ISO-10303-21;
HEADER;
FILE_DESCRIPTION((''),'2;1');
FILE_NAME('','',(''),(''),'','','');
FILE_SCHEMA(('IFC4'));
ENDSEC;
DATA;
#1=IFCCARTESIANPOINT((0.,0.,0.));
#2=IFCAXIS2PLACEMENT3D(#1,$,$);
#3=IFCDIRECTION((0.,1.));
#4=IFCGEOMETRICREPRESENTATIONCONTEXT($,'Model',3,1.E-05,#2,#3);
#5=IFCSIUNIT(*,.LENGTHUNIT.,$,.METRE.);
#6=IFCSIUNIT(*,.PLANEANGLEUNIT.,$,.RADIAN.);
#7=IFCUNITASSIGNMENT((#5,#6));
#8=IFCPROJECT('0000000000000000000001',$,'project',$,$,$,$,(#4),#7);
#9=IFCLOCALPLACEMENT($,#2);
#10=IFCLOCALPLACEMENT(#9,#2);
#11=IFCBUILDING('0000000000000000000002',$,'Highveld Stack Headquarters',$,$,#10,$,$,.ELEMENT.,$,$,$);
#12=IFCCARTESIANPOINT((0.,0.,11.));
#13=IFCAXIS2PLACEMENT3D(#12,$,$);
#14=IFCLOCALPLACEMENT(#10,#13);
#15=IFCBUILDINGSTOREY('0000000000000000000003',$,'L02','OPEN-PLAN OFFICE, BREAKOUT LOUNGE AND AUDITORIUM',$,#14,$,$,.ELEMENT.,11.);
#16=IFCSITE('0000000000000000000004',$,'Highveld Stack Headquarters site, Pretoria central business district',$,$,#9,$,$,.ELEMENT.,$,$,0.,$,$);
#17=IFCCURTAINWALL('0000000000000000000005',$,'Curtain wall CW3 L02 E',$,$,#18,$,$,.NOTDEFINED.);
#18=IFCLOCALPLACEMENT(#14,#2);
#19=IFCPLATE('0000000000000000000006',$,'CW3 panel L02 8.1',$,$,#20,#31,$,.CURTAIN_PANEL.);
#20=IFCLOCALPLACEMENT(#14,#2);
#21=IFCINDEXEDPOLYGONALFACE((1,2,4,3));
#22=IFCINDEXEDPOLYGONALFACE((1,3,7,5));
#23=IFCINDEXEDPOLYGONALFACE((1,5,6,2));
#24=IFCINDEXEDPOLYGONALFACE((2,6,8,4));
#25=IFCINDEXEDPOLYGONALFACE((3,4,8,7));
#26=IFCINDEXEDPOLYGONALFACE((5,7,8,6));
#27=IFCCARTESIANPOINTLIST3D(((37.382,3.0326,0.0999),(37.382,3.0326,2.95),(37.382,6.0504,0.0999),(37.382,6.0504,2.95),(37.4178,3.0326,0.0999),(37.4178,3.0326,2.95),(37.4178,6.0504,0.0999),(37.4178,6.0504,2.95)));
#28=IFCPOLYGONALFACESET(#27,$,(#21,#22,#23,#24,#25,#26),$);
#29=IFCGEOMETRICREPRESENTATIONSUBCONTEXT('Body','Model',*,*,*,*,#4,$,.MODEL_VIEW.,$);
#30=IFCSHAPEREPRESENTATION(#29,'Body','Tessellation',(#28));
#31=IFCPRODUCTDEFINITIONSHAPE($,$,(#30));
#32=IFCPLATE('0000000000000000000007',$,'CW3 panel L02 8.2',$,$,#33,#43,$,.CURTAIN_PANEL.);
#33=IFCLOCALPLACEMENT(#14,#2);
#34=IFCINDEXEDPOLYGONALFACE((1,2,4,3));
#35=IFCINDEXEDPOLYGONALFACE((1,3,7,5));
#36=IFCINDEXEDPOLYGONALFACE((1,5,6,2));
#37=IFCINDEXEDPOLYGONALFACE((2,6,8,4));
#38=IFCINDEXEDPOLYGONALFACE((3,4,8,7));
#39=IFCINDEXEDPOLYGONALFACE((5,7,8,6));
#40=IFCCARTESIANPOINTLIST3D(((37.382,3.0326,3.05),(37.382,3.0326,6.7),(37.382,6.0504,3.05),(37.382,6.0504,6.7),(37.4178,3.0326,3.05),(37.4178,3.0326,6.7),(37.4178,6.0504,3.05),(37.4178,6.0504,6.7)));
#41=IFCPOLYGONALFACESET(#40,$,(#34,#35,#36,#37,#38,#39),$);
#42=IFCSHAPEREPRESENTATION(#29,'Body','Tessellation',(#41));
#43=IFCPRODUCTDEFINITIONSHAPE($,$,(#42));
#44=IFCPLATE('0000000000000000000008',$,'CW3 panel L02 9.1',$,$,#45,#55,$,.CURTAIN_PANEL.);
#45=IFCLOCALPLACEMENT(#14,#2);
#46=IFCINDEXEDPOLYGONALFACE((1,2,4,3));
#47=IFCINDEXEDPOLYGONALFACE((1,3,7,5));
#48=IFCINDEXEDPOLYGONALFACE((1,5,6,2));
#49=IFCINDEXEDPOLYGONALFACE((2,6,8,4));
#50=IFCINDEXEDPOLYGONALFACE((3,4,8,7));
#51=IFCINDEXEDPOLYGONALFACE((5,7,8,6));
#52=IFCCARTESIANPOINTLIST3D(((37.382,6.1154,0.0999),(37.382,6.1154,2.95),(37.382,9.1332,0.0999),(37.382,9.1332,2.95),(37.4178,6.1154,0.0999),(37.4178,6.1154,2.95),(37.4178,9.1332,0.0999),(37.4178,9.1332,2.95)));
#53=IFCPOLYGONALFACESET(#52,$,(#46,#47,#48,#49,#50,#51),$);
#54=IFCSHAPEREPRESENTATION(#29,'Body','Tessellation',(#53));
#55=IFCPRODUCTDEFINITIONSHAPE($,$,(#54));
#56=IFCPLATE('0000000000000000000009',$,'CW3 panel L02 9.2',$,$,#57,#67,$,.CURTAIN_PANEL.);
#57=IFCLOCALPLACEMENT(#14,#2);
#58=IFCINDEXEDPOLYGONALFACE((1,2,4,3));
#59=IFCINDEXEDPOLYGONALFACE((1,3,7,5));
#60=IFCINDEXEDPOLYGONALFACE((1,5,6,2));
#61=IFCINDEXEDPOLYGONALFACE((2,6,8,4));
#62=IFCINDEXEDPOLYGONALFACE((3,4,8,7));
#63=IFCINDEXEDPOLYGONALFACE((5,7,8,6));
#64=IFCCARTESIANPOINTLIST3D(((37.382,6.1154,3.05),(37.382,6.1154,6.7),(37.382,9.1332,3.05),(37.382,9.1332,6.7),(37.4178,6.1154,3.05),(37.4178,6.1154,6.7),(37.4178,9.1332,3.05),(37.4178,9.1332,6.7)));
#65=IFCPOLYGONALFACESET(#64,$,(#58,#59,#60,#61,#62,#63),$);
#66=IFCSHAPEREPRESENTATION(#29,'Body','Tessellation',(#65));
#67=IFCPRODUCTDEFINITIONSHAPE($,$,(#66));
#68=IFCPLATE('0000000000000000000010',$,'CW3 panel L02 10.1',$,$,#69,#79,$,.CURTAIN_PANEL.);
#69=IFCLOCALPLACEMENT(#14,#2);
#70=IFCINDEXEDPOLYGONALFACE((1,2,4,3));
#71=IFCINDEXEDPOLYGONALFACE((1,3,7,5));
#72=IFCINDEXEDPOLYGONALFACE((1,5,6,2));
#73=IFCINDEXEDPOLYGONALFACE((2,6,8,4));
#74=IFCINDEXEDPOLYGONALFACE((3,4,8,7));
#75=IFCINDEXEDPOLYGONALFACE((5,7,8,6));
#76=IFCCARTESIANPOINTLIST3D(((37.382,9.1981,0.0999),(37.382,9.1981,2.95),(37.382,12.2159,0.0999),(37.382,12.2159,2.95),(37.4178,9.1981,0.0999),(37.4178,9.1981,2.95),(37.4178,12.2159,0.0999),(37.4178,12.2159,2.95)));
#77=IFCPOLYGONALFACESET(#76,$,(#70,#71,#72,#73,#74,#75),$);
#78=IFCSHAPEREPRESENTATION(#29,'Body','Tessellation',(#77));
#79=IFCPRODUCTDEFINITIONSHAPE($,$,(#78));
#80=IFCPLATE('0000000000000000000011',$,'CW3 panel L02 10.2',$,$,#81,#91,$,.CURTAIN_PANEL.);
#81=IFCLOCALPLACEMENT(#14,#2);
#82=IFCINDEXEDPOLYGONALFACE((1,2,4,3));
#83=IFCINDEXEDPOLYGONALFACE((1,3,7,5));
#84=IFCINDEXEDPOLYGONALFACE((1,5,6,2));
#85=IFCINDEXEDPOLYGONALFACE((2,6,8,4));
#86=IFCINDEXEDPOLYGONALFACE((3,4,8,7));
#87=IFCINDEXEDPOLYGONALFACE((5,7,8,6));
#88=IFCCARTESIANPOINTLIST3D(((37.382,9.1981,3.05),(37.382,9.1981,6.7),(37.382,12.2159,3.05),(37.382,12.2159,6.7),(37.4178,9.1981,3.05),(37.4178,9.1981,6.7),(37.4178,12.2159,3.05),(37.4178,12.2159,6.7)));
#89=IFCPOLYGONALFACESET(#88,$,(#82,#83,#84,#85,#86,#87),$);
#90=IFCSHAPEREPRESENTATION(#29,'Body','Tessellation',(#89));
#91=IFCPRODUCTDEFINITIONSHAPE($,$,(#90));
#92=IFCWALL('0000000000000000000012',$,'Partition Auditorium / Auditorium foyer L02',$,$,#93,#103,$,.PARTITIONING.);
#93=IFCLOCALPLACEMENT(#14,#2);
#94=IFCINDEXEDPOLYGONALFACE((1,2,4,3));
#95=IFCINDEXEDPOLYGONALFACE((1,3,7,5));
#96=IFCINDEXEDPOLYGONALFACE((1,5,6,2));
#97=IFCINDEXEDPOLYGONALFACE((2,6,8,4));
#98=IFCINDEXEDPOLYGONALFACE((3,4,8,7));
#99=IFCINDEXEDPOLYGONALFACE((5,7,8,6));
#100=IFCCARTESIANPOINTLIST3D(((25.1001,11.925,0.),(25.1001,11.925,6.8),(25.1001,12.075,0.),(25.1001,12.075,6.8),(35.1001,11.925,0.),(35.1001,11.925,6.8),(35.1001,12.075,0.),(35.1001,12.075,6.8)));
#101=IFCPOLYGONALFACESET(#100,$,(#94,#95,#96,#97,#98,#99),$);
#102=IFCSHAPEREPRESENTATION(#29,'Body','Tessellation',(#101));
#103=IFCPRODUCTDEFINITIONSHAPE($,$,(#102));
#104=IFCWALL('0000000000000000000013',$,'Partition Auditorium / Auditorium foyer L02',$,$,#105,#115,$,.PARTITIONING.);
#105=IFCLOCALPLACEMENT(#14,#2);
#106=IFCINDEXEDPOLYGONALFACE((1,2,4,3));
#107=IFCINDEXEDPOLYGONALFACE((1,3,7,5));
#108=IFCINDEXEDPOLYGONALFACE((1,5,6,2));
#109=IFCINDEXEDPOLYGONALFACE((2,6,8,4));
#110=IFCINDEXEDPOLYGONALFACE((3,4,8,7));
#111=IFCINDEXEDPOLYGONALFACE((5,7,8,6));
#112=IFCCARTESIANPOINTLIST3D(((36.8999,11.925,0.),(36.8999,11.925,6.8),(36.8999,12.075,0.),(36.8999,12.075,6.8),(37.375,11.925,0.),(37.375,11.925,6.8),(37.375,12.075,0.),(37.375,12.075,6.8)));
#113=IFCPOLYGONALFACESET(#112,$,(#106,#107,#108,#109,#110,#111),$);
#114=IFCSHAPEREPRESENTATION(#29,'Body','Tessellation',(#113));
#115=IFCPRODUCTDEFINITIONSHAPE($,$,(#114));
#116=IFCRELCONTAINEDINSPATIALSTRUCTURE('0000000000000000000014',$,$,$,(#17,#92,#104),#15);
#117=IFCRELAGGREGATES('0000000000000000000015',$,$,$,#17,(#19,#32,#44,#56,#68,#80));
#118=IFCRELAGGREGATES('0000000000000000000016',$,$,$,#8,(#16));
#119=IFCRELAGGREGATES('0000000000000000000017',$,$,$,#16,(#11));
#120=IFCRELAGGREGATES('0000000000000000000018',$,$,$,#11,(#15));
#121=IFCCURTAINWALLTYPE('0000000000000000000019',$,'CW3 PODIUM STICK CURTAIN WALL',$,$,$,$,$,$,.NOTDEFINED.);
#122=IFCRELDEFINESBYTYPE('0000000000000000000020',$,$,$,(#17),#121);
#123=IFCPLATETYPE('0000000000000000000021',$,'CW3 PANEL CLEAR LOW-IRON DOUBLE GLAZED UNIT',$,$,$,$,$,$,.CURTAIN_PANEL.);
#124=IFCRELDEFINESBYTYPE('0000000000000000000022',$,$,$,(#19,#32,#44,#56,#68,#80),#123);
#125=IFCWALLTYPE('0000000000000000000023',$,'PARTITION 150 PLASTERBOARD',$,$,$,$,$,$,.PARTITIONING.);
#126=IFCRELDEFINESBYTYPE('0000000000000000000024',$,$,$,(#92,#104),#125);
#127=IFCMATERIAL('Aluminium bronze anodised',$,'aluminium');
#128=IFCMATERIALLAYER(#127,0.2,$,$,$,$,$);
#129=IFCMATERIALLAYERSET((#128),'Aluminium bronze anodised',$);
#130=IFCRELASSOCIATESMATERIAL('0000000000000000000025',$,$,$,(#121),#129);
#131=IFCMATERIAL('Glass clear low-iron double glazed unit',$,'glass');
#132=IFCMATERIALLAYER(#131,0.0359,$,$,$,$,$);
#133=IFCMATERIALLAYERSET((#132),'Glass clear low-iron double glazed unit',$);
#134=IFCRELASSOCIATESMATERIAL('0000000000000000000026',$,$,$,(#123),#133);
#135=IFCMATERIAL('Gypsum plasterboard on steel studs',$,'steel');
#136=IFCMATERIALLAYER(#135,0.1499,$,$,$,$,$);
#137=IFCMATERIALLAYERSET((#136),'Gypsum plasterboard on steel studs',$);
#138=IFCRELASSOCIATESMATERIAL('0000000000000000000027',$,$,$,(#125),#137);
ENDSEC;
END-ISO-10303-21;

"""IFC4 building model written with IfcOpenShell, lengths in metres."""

from ifc_helpers import new_model, si_unit, direction, frame, frame_2d, origin, origin_2d, place, context, subcontext, project, spatial, rectangle, extrude, material, layer, layer_set, type_object, element, aggregate, save


model = new_model("IFC4")

# Units and contexts
model_context = context("Model", 3, precision=1e-05, world=origin(), true_north=direction((0.0, 1.0)))
body_context = subcontext(model_context, "Body", "Model", "MODEL_VIEW")
ifc_project = project(units=[si_unit("LENGTHUNIT", "METRE"), si_unit("PLANEANGLEUNIT", "RADIAN")], contexts=[model_context])

# Site, building, storey
site_placement = place(None, origin())
site = spatial("IfcSite", under=ifc_project, at=site_placement, Name="Highveld Stack Headquarters site, Pretoria central business district", CompositionType="ELEMENT", RefElevation=0.0)
building_placement = place(site_placement, origin())
building = spatial("IfcBuilding", under=site, at=building_placement, Name="Highveld Stack Headquarters", CompositionType="ELEMENT")
storey_placement = place(building_placement, frame((0.0, 0.0, 11.0)))
storey = spatial("IfcBuildingStorey", under=building, at=storey_placement, Name="L02", Description="OPEN-PLAN OFFICE, BREAKOUT LOUNGE AND AUDITORIUM", CompositionType="ELEMENT", Elevation=11.0)

# Curtain wall, plates
ifc_material_1 = material(Name="Aluminium bronze anodised", Category="aluminium")
ifc_layer_1 = layer(ifc_material_1, 0.2)
ifc_layer_set_1 = layer_set([ifc_layer_1], Name="Aluminium bronze anodised")
curtain_wall_type = type_object("IfcCurtainWallType", Name="CW3 PODIUM STICK CURTAIN WALL", PredefinedType="NOTDEFINED", material=ifc_layer_set_1)
curtain_wall_placement = place(storey_placement, origin())
curtain_wall = element("IfcCurtainWall", 1, at=curtain_wall_placement, inside=storey, type_object=curtain_wall_type, Name="Curtain wall CW3 L02 E", PredefinedType="NOTDEFINED")
ifc_material_2 = material(Name="Glass clear low-iron double glazed unit", Category="glass")
ifc_layer_2 = layer(ifc_material_2, 0.0359)
ifc_layer_set_2 = layer_set([ifc_layer_2], Name="Glass clear low-iron double glazed unit")
plate_type = type_object("IfcPlateType", Name="CW3 PANEL CLEAR LOW-IRON DOUBLE GLAZED UNIT", PredefinedType="CURTAIN_PANEL", material=ifc_layer_set_2)
plate_1_placement = place(storey_placement, frame((37.3999, 4.5415, 0.0999), z_axis=(0.0, 0.0, 1.0), x_axis=(0.0, 1.0, 0.0)))
plate_1 = element("IfcPlate", 2, at=plate_1_placement, type_object=plate_type, Name="CW3 panel L02 8.1", PredefinedType="CURTAIN_PANEL", context=body_context, shape_type="SweptSolid", body=[
    extrude(rectangle(XDim=3.0178, YDim=0.0359, at=origin_2d()), origin(), (0.0, 0.0, 1.0), 2.8501),
])
plate_2_placement = place(storey_placement, frame((37.3999, 4.5415, 3.05), z_axis=(0.0, 0.0, 1.0), x_axis=(0.0, 1.0, 0.0)))
plate_2 = element("IfcPlate", 3, at=plate_2_placement, type_object=plate_type, Name="CW3 panel L02 8.2", PredefinedType="CURTAIN_PANEL", context=body_context, shape_type="SweptSolid", body=[
    extrude(rectangle(XDim=3.0178, YDim=0.0359, at=origin_2d()), origin(), (0.0, 0.0, 1.0), 3.6499),
])
plate_3_placement = place(storey_placement, frame((37.3999, 7.6243, 0.0999), z_axis=(0.0, 0.0, 1.0), x_axis=(0.0, 1.0, 0.0)))
plate_3 = element("IfcPlate", 4, at=plate_3_placement, type_object=plate_type, Name="CW3 panel L02 9.1", PredefinedType="CURTAIN_PANEL", context=body_context, shape_type="SweptSolid", body=[
    extrude(rectangle(XDim=3.0178, YDim=0.0359, at=origin_2d()), origin(), (0.0, 0.0, 1.0), 2.8501),
])
plate_4_placement = place(storey_placement, frame((37.3999, 7.6243, 3.05), z_axis=(0.0, 0.0, 1.0), x_axis=(0.0, 1.0, 0.0)))
plate_4 = element("IfcPlate", 5, at=plate_4_placement, type_object=plate_type, Name="CW3 panel L02 9.2", PredefinedType="CURTAIN_PANEL", context=body_context, shape_type="SweptSolid", body=[
    extrude(rectangle(XDim=3.0178, YDim=0.0359, at=origin_2d()), origin(), (0.0, 0.0, 1.0), 3.6499),
])
plate_5_placement = place(storey_placement, frame((37.3999, 10.707, 0.0999), z_axis=(0.0, 0.0, 1.0), x_axis=(0.0, 1.0, 0.0)))
plate_5 = element("IfcPlate", 6, at=plate_5_placement, type_object=plate_type, Name="CW3 panel L02 10.1", PredefinedType="CURTAIN_PANEL", context=body_context, shape_type="SweptSolid", body=[
    extrude(rectangle(XDim=3.0178, YDim=0.0359, at=origin_2d()), origin(), (0.0, 0.0, 1.0), 2.8501),
])
plate_6_placement = place(storey_placement, frame((37.3999, 10.707, 3.05), z_axis=(0.0, 0.0, 1.0), x_axis=(0.0, 1.0, 0.0)))
plate_6 = element("IfcPlate", 7, at=plate_6_placement, type_object=plate_type, Name="CW3 panel L02 10.2", PredefinedType="CURTAIN_PANEL", context=body_context, shape_type="SweptSolid", body=[
    extrude(rectangle(XDim=3.0178, YDim=0.0359, at=origin_2d()), origin(), (0.0, 0.0, 1.0), 3.6499),
])
aggregate(curtain_wall, [plate_1, plate_2, plate_3, plate_4, plate_5, plate_6])

# Walls
ifc_material_3 = material(Name="Gypsum plasterboard on steel studs", Category="steel")
ifc_layer_3 = layer(ifc_material_3, 0.1499)
ifc_layer_set_3 = layer_set([ifc_layer_3], Name="Gypsum plasterboard on steel studs")
wall_type = type_object("IfcWallType", Name="PARTITION 150 PLASTERBOARD", PredefinedType="PARTITIONING", material=ifc_layer_set_3)
wall_1_placement = place(storey_placement, frame((25.1001, 12.0, 0.0), z_axis=(0.0, 0.0, 1.0), x_axis=(1.0, 0.0, 0.0)))
element("IfcWall", 8, at=wall_1_placement, inside=storey, type_object=wall_type, Name="Partition Auditorium / Auditorium foyer L02", PredefinedType="PARTITIONING", context=body_context, shape_type="SweptSolid", body=[
    extrude(rectangle(XDim=10.0, YDim=0.1499, at=frame_2d((5.0, 0.0))), origin(), (0.0, 0.0, 1.0), 6.8),
])
wall_2_placement = place(storey_placement, frame((36.8999, 12.0, 0.0), z_axis=(0.0, 0.0, 1.0), x_axis=(1.0, 0.0, 0.0)))
element("IfcWall", 9, at=wall_2_placement, inside=storey, type_object=wall_type, Name="Partition Auditorium / Auditorium foyer L02", PredefinedType="PARTITIONING", context=body_context, shape_type="SweptSolid", body=[
    extrude(rectangle(XDim=0.4751, YDim=0.1499, at=frame_2d((0.2375, 0.0))), origin(), (0.0, 0.0, 1.0), 6.8),
])

save(model, "model.ifc")
